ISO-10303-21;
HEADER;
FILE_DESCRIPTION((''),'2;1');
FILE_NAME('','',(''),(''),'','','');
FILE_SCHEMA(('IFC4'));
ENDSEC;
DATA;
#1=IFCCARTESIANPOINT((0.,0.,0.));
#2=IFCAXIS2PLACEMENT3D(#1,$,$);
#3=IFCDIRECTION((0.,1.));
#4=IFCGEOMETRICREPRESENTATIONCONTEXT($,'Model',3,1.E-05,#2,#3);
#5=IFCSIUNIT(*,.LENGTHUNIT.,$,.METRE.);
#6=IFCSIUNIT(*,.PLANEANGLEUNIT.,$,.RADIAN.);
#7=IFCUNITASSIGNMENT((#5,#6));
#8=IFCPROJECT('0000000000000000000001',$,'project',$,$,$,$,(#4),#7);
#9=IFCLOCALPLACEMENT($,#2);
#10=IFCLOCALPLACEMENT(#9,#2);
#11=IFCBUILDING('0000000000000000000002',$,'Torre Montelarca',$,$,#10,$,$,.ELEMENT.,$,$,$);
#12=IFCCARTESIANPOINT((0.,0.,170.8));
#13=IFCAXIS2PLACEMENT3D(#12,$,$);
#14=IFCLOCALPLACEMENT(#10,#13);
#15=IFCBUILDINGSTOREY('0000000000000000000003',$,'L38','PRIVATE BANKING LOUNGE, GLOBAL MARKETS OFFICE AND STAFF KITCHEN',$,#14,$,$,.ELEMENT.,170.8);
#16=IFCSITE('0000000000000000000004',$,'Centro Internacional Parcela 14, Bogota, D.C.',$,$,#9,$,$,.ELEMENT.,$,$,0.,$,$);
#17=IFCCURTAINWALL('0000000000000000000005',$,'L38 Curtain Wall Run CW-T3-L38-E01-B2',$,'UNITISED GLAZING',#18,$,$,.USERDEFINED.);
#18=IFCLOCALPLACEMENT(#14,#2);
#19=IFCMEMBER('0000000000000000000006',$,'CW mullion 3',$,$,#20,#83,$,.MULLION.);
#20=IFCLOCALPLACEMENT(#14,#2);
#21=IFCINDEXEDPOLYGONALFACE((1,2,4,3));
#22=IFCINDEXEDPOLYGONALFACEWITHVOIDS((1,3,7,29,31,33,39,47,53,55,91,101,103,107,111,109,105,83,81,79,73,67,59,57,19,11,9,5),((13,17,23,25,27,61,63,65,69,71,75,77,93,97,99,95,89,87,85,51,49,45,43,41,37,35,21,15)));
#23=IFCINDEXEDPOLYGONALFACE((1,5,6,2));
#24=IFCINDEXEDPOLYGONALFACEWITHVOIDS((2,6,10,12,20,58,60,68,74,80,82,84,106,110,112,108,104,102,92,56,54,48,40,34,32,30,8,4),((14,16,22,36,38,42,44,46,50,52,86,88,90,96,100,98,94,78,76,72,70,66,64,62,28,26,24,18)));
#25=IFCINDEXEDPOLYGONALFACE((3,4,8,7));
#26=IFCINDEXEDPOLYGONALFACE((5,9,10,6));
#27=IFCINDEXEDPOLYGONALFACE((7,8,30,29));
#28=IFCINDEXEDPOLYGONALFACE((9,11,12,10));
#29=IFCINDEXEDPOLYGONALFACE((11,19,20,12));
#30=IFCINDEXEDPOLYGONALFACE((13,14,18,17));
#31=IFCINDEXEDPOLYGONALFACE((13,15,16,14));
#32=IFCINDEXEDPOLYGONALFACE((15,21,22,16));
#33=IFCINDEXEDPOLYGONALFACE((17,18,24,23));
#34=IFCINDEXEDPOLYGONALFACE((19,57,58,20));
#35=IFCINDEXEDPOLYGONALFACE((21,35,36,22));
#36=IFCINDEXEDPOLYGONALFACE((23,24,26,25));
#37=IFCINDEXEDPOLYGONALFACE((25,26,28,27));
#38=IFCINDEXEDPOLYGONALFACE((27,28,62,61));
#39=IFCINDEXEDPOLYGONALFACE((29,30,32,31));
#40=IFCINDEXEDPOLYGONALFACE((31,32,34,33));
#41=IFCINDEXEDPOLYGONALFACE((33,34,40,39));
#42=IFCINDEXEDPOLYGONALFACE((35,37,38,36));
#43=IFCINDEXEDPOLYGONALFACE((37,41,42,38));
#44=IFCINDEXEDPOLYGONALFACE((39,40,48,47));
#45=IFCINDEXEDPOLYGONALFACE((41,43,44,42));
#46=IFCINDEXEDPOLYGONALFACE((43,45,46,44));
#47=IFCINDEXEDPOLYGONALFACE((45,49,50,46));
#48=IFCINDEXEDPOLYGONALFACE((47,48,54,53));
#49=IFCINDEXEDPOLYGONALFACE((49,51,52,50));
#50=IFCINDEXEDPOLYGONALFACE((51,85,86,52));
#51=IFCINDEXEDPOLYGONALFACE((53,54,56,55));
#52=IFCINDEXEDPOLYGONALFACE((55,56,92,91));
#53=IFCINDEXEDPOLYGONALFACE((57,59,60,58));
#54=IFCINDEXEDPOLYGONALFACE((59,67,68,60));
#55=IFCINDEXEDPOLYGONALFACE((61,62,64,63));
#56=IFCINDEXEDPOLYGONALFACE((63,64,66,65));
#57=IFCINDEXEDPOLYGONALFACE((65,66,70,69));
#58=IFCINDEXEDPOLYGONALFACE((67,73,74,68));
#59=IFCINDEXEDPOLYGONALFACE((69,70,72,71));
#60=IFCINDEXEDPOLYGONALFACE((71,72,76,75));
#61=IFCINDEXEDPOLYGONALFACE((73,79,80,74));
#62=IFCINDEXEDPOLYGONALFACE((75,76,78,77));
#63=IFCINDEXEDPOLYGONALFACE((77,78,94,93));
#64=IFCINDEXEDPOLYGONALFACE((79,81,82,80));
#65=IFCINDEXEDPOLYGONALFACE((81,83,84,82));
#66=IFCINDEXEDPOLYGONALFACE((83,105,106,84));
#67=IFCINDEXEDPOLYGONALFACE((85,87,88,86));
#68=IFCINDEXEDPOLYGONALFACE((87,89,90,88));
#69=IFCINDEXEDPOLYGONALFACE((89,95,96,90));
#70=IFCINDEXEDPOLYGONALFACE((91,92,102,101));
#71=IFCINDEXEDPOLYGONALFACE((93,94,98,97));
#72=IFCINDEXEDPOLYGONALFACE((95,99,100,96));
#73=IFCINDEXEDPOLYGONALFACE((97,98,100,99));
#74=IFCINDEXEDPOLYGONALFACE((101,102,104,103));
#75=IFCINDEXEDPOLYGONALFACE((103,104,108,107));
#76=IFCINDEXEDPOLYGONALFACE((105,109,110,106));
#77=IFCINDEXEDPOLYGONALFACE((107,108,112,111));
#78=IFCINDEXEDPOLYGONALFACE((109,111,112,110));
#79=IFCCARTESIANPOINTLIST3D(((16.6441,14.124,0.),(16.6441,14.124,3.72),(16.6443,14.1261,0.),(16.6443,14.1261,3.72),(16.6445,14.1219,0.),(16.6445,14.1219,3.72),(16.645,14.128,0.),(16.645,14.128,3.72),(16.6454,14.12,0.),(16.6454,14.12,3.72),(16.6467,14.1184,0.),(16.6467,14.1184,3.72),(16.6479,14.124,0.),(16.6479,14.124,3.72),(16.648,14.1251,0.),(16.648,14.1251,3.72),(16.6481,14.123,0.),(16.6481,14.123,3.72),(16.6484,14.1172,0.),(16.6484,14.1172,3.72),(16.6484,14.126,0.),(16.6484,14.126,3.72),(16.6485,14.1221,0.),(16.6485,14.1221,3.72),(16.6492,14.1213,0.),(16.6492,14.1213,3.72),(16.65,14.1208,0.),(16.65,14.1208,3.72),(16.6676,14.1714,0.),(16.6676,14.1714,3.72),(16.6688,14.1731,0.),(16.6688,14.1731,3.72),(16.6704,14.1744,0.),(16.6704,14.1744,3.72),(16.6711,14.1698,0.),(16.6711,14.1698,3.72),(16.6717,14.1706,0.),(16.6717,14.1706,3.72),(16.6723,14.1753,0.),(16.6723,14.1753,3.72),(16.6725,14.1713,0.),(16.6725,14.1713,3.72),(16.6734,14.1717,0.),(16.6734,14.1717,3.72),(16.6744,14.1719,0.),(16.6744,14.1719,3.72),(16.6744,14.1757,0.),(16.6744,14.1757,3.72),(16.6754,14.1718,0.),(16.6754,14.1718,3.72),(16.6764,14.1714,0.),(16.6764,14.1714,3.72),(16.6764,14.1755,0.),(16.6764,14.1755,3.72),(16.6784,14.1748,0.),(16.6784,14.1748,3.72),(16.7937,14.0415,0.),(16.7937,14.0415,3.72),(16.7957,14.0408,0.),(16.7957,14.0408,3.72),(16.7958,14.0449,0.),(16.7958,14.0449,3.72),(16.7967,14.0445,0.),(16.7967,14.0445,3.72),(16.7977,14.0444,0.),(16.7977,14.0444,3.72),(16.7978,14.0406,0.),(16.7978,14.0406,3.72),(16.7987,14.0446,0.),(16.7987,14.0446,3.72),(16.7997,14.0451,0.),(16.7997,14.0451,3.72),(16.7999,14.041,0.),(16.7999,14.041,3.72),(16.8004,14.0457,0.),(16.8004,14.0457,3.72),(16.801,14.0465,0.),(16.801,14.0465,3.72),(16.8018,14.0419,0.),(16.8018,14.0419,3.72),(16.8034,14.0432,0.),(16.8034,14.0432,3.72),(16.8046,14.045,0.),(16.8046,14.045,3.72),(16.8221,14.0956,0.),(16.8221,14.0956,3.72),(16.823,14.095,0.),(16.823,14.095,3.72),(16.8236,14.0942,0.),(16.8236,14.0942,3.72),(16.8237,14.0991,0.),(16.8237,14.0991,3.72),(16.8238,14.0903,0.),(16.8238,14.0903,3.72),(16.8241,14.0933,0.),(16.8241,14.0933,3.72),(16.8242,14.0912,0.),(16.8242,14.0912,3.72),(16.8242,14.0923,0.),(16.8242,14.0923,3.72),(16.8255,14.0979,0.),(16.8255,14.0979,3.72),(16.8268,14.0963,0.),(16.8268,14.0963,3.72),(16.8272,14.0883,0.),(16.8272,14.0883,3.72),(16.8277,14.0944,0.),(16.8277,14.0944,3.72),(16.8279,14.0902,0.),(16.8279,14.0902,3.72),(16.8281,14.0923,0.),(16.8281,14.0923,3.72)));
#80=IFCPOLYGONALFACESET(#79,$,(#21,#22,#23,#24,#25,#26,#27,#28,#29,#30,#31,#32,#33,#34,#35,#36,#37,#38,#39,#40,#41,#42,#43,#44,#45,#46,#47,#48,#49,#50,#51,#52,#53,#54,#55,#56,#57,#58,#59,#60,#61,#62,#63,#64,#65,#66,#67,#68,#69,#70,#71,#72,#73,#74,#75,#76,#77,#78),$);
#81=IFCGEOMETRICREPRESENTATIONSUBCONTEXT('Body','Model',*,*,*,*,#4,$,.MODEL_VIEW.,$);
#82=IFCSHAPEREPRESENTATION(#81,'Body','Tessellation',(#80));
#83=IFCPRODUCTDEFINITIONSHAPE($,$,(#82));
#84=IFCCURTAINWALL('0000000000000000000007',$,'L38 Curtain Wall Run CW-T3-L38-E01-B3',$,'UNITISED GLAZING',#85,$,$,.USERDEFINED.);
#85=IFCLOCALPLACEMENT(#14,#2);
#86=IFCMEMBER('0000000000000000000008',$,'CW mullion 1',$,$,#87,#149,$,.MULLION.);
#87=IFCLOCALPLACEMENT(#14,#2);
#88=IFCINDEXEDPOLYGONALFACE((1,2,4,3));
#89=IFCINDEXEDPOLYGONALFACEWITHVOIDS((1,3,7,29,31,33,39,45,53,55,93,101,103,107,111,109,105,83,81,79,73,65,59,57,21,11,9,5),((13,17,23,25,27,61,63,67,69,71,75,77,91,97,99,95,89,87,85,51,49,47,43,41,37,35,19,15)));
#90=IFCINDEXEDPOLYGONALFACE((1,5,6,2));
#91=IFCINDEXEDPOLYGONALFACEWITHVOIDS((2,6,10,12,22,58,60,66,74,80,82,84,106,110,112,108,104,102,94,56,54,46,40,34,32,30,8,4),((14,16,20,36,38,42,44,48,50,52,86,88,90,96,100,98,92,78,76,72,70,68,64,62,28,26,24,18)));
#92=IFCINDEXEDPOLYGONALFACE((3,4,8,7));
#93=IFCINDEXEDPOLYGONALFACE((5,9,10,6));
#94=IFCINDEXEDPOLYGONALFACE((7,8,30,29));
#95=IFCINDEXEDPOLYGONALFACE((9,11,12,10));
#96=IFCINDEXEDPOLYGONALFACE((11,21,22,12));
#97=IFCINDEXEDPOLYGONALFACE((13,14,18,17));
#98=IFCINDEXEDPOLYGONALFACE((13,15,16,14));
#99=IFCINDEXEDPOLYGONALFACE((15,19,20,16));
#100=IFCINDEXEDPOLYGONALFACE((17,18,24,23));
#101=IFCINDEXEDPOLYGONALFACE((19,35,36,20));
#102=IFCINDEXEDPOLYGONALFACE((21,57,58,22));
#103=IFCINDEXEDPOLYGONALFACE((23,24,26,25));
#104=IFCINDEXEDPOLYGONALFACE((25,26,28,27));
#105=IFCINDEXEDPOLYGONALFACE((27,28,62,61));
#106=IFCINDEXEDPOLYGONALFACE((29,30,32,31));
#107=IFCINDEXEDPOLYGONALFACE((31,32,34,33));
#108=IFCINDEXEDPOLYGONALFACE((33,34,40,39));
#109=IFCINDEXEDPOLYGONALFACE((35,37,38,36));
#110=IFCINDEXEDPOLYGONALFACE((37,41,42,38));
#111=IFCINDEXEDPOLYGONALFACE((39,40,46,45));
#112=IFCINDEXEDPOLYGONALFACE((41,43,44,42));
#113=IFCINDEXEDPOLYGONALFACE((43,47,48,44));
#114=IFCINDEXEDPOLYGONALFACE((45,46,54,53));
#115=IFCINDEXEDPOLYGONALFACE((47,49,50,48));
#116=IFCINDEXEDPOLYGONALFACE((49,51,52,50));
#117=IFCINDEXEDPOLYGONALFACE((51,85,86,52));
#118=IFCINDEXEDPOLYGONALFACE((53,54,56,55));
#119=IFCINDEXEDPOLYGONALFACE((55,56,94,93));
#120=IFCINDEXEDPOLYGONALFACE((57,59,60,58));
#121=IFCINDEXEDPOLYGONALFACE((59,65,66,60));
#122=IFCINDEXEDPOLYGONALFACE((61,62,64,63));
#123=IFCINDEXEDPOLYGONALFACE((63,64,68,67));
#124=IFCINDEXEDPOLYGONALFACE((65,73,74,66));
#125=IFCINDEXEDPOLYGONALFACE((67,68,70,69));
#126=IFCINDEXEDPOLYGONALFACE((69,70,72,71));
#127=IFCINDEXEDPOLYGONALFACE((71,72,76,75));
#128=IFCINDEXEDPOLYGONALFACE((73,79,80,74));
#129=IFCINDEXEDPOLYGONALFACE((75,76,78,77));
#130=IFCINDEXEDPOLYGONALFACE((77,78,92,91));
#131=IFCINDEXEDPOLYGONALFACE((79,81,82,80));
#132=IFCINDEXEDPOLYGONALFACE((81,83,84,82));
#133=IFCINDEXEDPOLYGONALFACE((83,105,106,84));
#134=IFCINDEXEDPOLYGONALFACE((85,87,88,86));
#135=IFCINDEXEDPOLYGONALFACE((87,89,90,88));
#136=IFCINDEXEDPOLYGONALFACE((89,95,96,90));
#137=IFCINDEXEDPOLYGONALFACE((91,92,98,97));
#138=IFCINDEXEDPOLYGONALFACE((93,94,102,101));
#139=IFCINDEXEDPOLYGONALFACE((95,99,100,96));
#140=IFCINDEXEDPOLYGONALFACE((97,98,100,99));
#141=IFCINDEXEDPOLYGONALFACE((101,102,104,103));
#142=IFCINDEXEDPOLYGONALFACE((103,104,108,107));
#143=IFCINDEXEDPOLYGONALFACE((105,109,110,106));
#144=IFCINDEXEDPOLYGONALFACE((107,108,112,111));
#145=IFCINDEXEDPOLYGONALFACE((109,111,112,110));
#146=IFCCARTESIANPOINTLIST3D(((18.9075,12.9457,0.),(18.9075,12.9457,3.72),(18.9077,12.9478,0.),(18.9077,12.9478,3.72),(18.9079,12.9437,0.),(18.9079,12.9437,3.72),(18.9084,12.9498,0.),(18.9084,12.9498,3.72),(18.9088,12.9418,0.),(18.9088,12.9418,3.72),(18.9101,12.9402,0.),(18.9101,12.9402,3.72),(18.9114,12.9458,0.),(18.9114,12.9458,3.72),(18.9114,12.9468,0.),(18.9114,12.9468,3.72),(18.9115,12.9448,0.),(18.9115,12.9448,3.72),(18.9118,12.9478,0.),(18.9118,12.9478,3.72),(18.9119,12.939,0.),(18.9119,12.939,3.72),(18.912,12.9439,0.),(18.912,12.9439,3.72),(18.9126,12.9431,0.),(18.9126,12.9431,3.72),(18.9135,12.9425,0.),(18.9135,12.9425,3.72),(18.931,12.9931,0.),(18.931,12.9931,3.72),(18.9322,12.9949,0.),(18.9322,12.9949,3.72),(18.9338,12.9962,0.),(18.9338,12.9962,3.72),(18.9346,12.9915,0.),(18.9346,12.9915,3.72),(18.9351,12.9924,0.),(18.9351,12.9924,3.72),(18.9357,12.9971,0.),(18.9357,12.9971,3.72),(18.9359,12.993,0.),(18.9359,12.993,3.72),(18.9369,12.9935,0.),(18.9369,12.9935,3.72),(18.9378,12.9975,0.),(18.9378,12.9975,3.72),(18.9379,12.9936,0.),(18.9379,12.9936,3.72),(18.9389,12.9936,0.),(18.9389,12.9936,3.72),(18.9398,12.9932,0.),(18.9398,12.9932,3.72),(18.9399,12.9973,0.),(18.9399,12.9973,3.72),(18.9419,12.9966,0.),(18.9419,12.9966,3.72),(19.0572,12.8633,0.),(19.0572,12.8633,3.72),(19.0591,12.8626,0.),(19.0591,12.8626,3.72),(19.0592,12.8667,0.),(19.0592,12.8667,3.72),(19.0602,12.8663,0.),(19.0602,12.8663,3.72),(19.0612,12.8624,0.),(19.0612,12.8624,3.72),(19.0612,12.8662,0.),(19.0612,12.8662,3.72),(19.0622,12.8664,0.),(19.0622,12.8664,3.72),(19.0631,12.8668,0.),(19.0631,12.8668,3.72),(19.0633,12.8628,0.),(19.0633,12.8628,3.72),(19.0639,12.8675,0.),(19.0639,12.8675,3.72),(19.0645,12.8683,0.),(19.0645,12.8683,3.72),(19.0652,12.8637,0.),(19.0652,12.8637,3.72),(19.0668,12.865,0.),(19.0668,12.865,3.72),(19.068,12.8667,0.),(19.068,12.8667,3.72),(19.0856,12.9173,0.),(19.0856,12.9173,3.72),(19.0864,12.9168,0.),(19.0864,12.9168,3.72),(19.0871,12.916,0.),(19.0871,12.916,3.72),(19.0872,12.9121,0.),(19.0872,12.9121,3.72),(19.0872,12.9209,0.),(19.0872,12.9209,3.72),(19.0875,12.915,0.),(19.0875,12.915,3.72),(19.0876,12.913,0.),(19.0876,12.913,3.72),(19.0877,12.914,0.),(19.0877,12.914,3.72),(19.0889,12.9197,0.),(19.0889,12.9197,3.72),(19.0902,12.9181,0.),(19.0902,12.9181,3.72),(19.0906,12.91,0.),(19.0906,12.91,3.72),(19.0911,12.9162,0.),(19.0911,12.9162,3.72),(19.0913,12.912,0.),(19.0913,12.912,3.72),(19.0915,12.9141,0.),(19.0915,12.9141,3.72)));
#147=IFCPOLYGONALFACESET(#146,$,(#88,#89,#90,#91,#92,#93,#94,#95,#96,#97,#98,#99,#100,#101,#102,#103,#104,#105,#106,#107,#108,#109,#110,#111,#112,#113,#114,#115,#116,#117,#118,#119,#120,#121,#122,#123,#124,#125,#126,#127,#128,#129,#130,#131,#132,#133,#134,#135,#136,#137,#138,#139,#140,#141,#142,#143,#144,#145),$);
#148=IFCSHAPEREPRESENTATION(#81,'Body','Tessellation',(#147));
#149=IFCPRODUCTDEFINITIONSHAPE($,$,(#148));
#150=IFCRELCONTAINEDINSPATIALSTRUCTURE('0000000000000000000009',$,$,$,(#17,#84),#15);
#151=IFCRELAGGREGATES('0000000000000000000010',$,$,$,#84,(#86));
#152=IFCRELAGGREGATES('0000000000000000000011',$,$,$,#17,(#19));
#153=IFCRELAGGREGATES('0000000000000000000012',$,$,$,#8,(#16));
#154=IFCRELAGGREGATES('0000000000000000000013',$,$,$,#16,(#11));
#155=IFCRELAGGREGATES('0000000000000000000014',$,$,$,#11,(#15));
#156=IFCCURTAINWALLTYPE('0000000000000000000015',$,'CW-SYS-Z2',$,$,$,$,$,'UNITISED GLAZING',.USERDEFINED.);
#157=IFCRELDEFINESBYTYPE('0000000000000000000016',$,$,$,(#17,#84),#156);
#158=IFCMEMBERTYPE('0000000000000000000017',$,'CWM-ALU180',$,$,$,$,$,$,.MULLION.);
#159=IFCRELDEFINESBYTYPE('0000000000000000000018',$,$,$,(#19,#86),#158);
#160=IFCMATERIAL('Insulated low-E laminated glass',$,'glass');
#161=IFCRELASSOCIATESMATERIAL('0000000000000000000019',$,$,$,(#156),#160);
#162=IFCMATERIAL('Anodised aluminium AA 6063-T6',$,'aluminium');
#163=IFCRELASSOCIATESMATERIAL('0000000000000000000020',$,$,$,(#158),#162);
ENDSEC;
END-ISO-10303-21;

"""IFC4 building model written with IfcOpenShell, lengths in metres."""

from ifc_helpers import new_model, si_unit, direction, frame, origin, origin_2d, place, context, subcontext, project, spatial, hollow_rectangle, extrude, source, transform, mapped, material, material_profile, profile_set, type_object, element, aggregate, save


model = new_model("IFC4")

# Units and contexts
model_context = context("Model", 3, precision=1e-05, world=origin(), true_north=direction((0.0, 1.0)))
body_context = subcontext(model_context, "Body", "Model", "MODEL_VIEW")
ifc_project = project(units=[si_unit("LENGTHUNIT", "METRE"), si_unit("PLANEANGLEUNIT", "RADIAN")], contexts=[model_context])

# Site, building, storey
site_placement = place(None, origin())
site = spatial("IfcSite", under=ifc_project, at=site_placement, Name="Centro Internacional Parcela 14, Bogota, D.C.", CompositionType="ELEMENT", RefElevation=0.0)
building_placement = place(site_placement, origin())
building = spatial("IfcBuilding", under=site, at=building_placement, Name="Torre Montelarca", CompositionType="ELEMENT")
storey_placement = place(building_placement, frame((0.0, 0.0, 170.8)))
storey = spatial("IfcBuildingStorey", under=building, at=storey_placement, Name="L38", Description="PRIVATE BANKING LOUNGE, GLOBAL MARKETS OFFICE AND STAFF KITCHEN", CompositionType="ELEMENT", Elevation=170.8)

# Curtain walls, members
ifc_material_1 = material(Name="Insulated low-E laminated glass", Category="glass")
curtain_wall_type = type_object("IfcCurtainWallType", Name="CW-SYS-Z2", ElementType="UNITISED GLAZING", PredefinedType="USERDEFINED", material=ifc_material_1)
ifc_material_2 = material(Name="Anodised aluminium AA 6063-T6", Category="aluminium")
ifc_material_profile_1 = material_profile(ifc_material_2, hollow_rectangle(XDim=0.0649, YDim=0.1799, WallThickness=0.0039, InnerFilletRadius=0.0039, OuterFilletRadius=0.0081, at=origin_2d()), Name="ALU65X180X4", Category="aluminium")
ifc_profile_set_1 = profile_set([ifc_material_profile_1], Name="Anodised aluminium AA 6063-T6")
member_type_1 = type_object("IfcMemberType", Name="CWM-ALU180", PredefinedType="MULLION", material=ifc_profile_set_1)
shared_shape_1 = source(origin(), body_context, "Body", "SweptSolid", [
    extrude(hollow_rectangle(XDim=0.0649, YDim=0.1799, WallThickness=0.0039, InnerFilletRadius=0.0039, OuterFilletRadius=0.0081, at=origin_2d()), origin(), (0.0, 0.0, 1.0), 3.72),
])
curtain_wall_1_placement = place(storey_placement, origin())
curtain_wall_1 = element("IfcCurtainWall", 1, at=curtain_wall_1_placement, inside=storey, type_object=curtain_wall_type, Name="L38 Curtain Wall Run CW-T3-L38-E01-B2", ObjectType="UNITISED GLAZING", PredefinedType="USERDEFINED")
member_1_placement = place(storey_placement, frame((16.7361, 14.1082, 0.0), z_axis=(0.0, 0.0, 1.0), x_axis=(0.461749, 0.88701, 0.0)))
member_1 = element("IfcMember", 2, at=member_1_placement, type_object=member_type_1, Name="CW mullion 3", PredefinedType="MULLION", context=body_context, shape_type="MappedRepresentation", body=[
    mapped(shared_shape_1, transform((0.0, 0.0, 0.0), scale=1.0)),
])
curtain_wall_2_placement = place(storey_placement, origin())
curtain_wall_2 = element("IfcCurtainWall", 3, at=curtain_wall_2_placement, inside=storey, type_object=curtain_wall_type, Name="L38 Curtain Wall Run CW-T3-L38-E01-B3", ObjectType="UNITISED GLAZING", PredefinedType="USERDEFINED")
member_2_placement = place(storey_placement, frame((18.9995, 12.9299, 0.0), z_axis=(0.0, 0.0, 1.0), x_axis=(0.461741, 0.887015, 0.0)))
member_2 = element("IfcMember", 4, at=member_2_placement, type_object=member_type_1, Name="CW mullion 1", PredefinedType="MULLION", context=body_context, shape_type="MappedRepresentation", body=[
    mapped(shared_shape_1, transform((0.0, 0.0, 0.0), scale=1.0)),
])

aggregate(curtain_wall_2, [member_2])
aggregate(curtain_wall_1, [member_1])

save(model, "model.ifc")
